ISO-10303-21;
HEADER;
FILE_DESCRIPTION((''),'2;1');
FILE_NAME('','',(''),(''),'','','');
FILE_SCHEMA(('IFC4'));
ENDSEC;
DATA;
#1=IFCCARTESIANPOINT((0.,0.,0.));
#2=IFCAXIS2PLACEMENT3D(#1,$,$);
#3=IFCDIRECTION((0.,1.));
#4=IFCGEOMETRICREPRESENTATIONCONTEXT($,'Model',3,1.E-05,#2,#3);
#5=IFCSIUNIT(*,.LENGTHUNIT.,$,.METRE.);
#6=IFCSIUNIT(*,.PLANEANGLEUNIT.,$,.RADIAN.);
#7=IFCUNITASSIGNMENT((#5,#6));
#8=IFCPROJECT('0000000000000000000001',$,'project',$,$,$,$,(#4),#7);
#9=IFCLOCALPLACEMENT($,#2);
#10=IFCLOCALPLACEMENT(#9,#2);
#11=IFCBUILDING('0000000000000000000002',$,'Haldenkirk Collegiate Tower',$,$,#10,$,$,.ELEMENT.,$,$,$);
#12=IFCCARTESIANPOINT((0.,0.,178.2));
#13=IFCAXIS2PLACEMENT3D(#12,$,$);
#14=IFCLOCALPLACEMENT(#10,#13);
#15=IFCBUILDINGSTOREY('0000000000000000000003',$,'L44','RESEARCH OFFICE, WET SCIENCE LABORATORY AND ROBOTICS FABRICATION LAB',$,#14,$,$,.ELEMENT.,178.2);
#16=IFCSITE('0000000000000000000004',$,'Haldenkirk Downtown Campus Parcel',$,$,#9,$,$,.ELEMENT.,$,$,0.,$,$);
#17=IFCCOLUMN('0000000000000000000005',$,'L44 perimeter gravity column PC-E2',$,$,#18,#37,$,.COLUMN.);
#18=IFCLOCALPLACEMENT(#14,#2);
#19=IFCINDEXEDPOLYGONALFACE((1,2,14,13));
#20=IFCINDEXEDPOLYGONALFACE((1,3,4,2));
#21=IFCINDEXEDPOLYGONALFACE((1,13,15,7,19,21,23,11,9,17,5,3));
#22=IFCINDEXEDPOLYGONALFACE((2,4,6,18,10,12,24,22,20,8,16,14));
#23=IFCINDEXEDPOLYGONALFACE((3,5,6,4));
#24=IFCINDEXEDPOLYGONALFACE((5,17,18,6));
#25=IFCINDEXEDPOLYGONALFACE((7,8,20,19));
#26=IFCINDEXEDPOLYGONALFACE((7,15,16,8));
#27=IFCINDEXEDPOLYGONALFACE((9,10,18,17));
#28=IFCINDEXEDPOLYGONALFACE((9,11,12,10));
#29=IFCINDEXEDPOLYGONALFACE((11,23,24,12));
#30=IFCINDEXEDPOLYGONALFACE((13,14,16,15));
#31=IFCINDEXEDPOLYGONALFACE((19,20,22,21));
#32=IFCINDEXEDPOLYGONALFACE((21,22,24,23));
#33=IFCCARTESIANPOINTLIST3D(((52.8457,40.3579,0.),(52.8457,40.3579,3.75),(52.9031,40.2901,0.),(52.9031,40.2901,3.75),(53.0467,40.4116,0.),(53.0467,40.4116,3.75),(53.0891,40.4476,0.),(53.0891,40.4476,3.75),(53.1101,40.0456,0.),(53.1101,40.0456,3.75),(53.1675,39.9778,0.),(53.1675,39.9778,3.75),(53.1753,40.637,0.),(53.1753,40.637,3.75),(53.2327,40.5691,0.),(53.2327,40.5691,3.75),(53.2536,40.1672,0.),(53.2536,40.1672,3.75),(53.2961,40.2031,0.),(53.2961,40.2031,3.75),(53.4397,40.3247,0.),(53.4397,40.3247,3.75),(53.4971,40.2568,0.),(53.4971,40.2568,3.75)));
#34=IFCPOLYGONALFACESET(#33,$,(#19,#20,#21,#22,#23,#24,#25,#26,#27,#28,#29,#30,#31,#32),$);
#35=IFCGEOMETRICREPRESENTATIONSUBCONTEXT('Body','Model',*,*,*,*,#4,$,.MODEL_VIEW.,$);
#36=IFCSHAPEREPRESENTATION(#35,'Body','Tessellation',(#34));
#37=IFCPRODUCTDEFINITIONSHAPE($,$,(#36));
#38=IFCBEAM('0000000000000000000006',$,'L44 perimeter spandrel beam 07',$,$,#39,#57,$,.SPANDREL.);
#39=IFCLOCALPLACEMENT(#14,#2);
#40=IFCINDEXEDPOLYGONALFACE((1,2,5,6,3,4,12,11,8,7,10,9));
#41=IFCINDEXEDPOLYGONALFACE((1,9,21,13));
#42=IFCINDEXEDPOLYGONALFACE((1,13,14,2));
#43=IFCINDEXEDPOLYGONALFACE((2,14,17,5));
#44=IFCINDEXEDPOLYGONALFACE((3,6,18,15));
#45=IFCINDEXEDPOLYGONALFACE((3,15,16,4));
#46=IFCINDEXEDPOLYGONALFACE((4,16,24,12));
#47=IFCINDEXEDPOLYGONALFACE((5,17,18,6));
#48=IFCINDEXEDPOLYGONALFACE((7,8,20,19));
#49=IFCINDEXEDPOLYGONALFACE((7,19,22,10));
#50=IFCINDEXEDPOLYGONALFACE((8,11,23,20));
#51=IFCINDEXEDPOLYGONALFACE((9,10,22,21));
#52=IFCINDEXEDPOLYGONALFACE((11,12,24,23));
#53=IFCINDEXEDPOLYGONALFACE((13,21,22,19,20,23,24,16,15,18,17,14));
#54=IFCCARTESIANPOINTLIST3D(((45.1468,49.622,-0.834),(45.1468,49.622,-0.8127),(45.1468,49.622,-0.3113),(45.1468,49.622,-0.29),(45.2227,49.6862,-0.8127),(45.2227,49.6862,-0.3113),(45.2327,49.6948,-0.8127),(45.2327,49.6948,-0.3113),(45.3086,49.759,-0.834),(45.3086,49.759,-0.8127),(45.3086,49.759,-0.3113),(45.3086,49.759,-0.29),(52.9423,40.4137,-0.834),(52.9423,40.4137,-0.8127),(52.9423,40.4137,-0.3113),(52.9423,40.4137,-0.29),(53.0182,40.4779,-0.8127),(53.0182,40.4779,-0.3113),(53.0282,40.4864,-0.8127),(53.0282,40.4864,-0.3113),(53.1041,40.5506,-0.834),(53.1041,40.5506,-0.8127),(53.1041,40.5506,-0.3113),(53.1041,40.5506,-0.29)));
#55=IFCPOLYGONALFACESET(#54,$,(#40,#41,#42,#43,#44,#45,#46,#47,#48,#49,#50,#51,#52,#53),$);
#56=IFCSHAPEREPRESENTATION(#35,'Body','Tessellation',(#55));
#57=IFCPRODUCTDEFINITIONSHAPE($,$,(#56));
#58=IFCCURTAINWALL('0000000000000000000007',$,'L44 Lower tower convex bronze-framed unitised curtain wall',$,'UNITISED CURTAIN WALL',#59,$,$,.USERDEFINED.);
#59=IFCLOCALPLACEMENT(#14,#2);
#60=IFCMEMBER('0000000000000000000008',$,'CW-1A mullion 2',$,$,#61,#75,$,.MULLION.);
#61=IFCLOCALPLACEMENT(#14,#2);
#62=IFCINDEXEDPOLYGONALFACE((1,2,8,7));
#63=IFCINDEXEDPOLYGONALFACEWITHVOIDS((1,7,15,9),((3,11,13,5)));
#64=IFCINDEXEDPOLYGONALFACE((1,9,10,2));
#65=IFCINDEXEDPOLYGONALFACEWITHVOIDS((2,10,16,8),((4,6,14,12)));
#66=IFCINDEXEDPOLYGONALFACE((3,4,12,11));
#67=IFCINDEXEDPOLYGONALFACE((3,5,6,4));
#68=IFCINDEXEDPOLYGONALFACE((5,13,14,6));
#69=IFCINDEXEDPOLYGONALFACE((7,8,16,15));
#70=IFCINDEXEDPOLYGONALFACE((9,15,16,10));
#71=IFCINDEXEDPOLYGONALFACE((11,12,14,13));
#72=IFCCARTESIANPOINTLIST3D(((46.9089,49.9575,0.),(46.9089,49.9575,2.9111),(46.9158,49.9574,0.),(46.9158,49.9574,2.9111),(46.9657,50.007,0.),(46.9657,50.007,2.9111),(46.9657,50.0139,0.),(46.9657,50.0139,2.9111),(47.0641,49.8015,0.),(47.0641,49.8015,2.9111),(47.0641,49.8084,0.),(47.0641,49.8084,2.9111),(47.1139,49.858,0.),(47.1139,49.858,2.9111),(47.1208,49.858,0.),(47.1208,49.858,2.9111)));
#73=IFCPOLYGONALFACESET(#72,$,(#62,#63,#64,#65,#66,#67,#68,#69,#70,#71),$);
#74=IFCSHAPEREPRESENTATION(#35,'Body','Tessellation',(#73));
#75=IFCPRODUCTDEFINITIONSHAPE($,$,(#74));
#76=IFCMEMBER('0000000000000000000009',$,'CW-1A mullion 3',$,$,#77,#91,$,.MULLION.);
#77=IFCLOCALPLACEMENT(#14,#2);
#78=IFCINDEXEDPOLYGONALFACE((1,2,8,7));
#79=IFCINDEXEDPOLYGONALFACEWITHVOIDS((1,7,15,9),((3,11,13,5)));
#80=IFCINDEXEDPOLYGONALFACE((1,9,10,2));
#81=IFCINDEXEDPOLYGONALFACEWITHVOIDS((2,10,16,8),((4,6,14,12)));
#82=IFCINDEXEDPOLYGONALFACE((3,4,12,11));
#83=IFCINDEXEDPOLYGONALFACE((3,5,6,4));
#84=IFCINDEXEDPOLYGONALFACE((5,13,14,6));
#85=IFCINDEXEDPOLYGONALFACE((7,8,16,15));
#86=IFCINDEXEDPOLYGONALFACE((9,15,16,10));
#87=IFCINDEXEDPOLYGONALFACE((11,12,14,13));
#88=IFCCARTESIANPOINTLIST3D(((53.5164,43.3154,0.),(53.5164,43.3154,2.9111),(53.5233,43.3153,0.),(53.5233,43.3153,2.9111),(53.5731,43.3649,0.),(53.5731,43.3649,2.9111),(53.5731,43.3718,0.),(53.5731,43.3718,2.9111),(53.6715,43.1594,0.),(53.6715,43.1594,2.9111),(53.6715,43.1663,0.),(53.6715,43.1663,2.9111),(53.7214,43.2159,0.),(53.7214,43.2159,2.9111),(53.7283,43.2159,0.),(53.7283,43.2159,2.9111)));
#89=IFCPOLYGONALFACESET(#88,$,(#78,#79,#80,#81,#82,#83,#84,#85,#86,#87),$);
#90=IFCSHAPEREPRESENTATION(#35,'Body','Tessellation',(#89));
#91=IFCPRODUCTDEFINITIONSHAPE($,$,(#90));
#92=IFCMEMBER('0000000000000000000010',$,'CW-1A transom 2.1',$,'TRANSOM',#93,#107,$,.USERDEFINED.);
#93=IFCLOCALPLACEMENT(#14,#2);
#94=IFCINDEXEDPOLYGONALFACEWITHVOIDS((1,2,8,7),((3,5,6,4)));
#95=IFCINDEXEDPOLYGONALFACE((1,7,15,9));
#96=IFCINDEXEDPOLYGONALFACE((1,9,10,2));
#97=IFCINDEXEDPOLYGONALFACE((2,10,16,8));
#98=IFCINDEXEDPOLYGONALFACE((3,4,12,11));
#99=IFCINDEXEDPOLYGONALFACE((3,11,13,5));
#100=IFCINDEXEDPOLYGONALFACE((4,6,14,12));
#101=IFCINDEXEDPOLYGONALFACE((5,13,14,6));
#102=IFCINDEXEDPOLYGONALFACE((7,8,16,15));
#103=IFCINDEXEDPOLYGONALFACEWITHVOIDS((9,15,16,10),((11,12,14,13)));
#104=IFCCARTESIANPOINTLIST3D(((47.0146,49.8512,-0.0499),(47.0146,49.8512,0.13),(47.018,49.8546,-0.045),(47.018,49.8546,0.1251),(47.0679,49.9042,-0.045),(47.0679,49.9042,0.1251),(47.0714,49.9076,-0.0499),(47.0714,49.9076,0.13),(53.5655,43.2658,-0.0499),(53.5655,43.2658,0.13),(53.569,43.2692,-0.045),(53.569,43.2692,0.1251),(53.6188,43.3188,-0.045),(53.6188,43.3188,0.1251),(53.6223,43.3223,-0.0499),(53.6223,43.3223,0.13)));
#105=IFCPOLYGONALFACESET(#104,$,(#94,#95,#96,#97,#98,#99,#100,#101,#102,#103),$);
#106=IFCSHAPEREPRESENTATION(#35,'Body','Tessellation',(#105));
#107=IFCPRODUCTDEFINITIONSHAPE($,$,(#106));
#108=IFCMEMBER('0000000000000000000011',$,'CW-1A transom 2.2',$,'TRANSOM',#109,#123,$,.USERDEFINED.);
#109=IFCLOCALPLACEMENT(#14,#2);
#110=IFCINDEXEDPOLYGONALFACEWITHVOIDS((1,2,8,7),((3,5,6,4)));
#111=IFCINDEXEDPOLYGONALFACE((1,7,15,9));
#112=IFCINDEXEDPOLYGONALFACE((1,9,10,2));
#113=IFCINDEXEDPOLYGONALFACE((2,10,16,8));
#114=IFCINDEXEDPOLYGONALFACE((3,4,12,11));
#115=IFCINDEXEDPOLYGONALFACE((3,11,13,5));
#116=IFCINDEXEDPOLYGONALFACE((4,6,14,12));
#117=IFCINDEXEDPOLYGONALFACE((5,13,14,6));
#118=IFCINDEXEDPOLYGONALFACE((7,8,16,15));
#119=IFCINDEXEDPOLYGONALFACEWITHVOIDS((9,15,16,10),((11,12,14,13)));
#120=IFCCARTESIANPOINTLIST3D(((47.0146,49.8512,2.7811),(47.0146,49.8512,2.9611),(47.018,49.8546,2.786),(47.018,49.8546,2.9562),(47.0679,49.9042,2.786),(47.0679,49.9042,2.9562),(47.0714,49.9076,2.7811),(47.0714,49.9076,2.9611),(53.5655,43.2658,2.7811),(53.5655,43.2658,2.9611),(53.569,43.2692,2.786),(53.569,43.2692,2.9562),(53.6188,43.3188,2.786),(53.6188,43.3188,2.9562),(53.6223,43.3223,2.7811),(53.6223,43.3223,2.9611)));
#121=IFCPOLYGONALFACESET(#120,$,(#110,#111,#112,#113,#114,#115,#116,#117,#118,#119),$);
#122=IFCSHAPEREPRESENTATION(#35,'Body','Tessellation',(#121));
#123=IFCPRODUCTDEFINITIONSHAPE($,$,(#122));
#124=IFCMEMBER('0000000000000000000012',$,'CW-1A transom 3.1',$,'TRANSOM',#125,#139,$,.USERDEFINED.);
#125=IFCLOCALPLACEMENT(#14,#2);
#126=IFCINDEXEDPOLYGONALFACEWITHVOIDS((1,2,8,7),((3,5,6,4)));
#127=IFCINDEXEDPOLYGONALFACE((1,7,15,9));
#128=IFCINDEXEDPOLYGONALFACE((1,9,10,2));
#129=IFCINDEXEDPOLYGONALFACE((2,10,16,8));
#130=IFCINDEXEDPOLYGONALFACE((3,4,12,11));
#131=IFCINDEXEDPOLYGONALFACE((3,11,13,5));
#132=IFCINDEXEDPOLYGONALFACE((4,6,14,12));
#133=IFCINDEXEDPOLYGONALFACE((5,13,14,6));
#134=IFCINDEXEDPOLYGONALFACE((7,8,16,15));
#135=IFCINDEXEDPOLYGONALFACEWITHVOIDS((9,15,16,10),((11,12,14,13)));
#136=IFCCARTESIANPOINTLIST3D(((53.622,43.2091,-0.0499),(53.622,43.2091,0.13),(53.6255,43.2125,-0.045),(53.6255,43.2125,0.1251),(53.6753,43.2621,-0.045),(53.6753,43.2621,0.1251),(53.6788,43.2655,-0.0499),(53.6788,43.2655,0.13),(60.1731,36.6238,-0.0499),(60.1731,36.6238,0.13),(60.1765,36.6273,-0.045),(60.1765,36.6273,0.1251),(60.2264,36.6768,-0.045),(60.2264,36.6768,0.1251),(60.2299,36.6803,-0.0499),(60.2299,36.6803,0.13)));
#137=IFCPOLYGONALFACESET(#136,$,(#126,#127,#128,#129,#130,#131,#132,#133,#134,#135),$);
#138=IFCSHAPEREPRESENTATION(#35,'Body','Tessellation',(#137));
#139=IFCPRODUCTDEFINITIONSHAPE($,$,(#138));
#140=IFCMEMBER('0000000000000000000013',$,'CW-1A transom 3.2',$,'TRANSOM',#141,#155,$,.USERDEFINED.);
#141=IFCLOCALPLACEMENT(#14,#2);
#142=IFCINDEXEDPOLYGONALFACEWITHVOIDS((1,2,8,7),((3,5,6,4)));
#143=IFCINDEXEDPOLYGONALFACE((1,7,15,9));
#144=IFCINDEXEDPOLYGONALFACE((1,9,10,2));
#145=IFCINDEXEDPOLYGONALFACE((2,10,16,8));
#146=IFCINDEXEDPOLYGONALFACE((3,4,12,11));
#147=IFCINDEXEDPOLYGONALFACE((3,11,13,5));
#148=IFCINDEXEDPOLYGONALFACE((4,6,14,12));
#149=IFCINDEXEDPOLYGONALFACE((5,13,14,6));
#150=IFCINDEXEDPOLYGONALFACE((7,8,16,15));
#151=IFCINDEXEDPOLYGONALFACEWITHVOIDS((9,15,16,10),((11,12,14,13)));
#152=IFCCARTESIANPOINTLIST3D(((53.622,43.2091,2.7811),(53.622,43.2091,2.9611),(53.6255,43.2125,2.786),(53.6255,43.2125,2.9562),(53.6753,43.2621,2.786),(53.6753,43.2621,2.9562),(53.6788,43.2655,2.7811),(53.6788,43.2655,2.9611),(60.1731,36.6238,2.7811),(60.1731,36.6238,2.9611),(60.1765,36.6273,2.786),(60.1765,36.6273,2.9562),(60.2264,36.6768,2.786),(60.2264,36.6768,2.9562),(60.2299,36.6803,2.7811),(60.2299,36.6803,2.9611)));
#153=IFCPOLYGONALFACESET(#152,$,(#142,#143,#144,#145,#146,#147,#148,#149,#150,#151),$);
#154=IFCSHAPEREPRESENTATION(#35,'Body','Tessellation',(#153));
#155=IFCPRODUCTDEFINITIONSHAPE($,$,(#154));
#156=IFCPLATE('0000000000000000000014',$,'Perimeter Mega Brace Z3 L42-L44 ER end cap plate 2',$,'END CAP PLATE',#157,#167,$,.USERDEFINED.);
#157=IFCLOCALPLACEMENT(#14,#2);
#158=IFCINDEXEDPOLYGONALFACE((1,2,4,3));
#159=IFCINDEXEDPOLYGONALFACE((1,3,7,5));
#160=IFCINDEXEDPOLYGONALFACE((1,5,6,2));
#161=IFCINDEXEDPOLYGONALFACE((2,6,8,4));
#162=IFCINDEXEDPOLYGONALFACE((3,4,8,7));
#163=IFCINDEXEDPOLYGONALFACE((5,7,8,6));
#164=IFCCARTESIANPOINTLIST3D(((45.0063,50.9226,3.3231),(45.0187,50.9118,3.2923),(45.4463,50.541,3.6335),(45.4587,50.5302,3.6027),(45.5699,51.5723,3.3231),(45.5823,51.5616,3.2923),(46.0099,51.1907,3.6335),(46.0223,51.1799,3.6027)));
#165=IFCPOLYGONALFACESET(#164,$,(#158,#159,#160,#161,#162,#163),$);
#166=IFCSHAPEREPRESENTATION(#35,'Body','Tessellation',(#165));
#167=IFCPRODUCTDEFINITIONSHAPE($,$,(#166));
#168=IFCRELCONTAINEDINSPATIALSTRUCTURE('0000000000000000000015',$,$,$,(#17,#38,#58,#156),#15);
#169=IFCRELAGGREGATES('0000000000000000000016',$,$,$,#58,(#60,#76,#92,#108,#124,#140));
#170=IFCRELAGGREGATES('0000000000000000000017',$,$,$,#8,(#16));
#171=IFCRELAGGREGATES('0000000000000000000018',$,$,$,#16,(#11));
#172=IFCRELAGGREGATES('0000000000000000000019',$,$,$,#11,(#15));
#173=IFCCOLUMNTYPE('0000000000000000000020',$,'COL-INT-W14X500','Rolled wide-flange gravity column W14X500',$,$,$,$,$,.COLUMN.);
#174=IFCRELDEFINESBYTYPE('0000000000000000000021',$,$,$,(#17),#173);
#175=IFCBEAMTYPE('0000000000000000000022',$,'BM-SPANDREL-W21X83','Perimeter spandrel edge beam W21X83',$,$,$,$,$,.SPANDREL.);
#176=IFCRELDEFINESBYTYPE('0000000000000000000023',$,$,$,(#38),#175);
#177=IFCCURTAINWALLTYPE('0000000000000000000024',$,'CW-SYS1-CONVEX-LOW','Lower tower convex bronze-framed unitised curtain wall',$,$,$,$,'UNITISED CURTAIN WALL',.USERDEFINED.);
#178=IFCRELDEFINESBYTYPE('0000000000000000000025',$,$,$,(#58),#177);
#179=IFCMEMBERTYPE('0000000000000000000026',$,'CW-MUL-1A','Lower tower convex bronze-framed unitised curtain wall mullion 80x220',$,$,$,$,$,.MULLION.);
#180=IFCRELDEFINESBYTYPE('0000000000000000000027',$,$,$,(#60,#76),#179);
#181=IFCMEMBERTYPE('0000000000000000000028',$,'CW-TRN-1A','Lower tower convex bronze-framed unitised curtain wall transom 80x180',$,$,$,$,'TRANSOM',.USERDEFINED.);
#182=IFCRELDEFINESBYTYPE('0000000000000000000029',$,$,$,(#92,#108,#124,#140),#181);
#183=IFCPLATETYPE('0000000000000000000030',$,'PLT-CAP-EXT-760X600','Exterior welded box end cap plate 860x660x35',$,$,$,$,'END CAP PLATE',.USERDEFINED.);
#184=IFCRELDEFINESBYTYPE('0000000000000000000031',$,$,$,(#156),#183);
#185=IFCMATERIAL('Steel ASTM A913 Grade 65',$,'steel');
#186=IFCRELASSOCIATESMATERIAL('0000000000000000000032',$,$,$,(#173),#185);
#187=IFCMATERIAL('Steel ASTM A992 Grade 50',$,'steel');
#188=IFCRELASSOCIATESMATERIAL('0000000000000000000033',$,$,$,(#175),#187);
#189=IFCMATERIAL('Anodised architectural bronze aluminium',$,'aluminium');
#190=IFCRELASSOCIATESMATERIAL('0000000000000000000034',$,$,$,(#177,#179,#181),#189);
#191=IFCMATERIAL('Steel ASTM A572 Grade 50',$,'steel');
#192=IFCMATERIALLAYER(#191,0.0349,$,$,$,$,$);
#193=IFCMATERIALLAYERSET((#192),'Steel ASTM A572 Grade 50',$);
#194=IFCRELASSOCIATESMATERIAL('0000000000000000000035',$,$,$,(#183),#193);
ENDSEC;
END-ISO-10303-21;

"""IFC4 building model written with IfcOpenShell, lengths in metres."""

from ifc_helpers import new_model, si_unit, direction, frame, origin, origin_2d, place, context, subcontext, project, spatial, rectangle, hollow_rectangle, i_section, extrude, source, transform, mapped, material, layer, layer_set, material_profile, profile_set, type_object, element, aggregate, save


model = new_model("IFC4")

# Units and contexts
model_context = context("Model", 3, precision=1e-05, world=origin(), true_north=direction((0.0, 1.0)))
body_context = subcontext(model_context, "Body", "Model", "MODEL_VIEW")
ifc_project = project(units=[si_unit("LENGTHUNIT", "METRE"), si_unit("PLANEANGLEUNIT", "RADIAN")], contexts=[model_context])

# Site, building, storey
site_placement = place(None, origin())
site = spatial("IfcSite", under=ifc_project, at=site_placement, Name="Haldenkirk Downtown Campus Parcel", CompositionType="ELEMENT", RefElevation=0.0)
building_placement = place(site_placement, origin())
building = spatial("IfcBuilding", under=site, at=building_placement, Name="Haldenkirk Collegiate Tower", CompositionType="ELEMENT")
storey_placement = place(building_placement, frame((0.0, 0.0, 178.2)))
storey = spatial("IfcBuildingStorey", under=building, at=storey_placement, Name="L44", Description="RESEARCH OFFICE, WET SCIENCE LABORATORY AND ROBOTICS FABRICATION LAB", CompositionType="ELEMENT", Elevation=178.2)

# Column
ifc_material_1 = material(Name="Steel ASTM A913 Grade 65", Category="steel")
ifc_material_profile_1 = material_profile(ifc_material_1, i_section(OverallWidth=0.4319, OverallDepth=0.498, WebThickness=0.0557, FlangeThickness=0.0889, at=origin_2d()), Name="W14X500")
ifc_profile_set_1 = profile_set([ifc_material_profile_1], Name="Steel ASTM A913 Grade 65")
column_type = type_object("IfcColumnType", Name="COL-INT-W14X500", Description="Rolled wide-flange gravity column W14X500", PredefinedType="COLUMN", material=ifc_profile_set_1)
column_placement = place(storey_placement, frame((53.1714, 40.3074, 0.0), z_axis=(0.0, 0.0, 1.0), x_axis=(0.763232, 0.646124, 0.0)))
element("IfcColumn", 1, at=column_placement, inside=storey, type_object=column_type, Name="L44 perimeter gravity column PC-E2", PredefinedType="COLUMN", context=body_context, shape_type="SweptSolid", body=[
    extrude(i_section(OverallWidth=0.4319, OverallDepth=0.498, WebThickness=0.0557, FlangeThickness=0.0889, at=origin_2d()), origin(), (0.0, 0.0, 1.0), 3.75),
])

# Beam
ifc_material_2 = material(Name="Steel ASTM A992 Grade 50", Category="steel")
ifc_material_profile_2 = material_profile(ifc_material_2, i_section(OverallWidth=0.2119, OverallDepth=0.5439, WebThickness=0.0132, FlangeThickness=0.0212, at=origin_2d()), Name="W21X83")
ifc_profile_set_2 = profile_set([ifc_material_profile_2], Name="Steel ASTM A992 Grade 50")
beam_type = type_object("IfcBeamType", Name="BM-SPANDREL-W21X83", Description="Perimeter spandrel edge beam W21X83", PredefinedType="SPANDREL", material=ifc_profile_set_2)
beam_placement = place(storey_placement, frame((53.0232, 40.4822, -0.562), z_axis=(-0.646126, 0.76323, 0.0), x_axis=(-0.76323, -0.646126, 0.0)))
element("IfcBeam", 2, at=beam_placement, inside=storey, type_object=beam_type, Name="L44 perimeter spandrel beam 07", PredefinedType="SPANDREL", context=body_context, shape_type="SweptSolid", body=[
    extrude(i_section(OverallWidth=0.2119, OverallDepth=0.5439, WebThickness=0.0132, FlangeThickness=0.0212, at=origin_2d()), origin(), (0.0, 0.0, 1.0), 12.0649),
])

# Curtain wall, members
ifc_material_3 = material(Name="Anodised architectural bronze aluminium", Category="aluminium")
curtain_wall_type = type_object("IfcCurtainWallType", Name="CW-SYS1-CONVEX-LOW", Description="Lower tower convex bronze-framed unitised curtain wall", ElementType="UNITISED CURTAIN WALL", PredefinedType="USERDEFINED", material=ifc_material_3)
curtain_wall_placement = place(storey_placement, origin())
curtain_wall = element("IfcCurtainWall", 3, at=curtain_wall_placement, inside=storey, type_object=curtain_wall_type, Name="L44 Lower tower convex bronze-framed unitised curtain wall", ObjectType="UNITISED CURTAIN WALL", PredefinedType="USERDEFINED")
ifc_material_profile_3 = material_profile(ifc_material_3, hollow_rectangle(XDim=0.0801, YDim=0.22, WallThickness=0.0049, at=origin_2d()), Name="CW-MUL-1A")
ifc_profile_set_3 = profile_set([ifc_material_profile_3], Name="Anodised architectural bronze aluminium")
member_type_1 = type_object("IfcMemberType", Name="CW-MUL-1A", Description="Lower tower convex bronze-framed unitised curtain wall mullion 80x220", PredefinedType="MULLION", material=ifc_profile_set_3)
member_1_placement = place(storey_placement, frame((47.0149, 49.9077, 0.0), z_axis=(0.0, 0.0, 1.0), x_axis=(0.708954, 0.705255, 0.0)))
member_1 = element("IfcMember", 4, at=member_1_placement, type_object=member_type_1, Name="CW-1A mullion 2", PredefinedType="MULLION", context=body_context, shape_type="SweptSolid", body=[
    extrude(hollow_rectangle(XDim=0.0801, YDim=0.22, WallThickness=0.0049, at=origin_2d()), origin(), (0.0, 0.0, 1.0), 2.9111),
])
member_2_placement = place(storey_placement, frame((53.6223, 43.2656, 0.0), z_axis=(0.0, 0.0, 1.0), x_axis=(0.708954, 0.705255, 0.0)))
member_2 = element("IfcMember", 5, at=member_2_placement, type_object=member_type_1, Name="CW-1A mullion 3", PredefinedType="MULLION", context=body_context, shape_type="SweptSolid", body=[
    extrude(hollow_rectangle(XDim=0.0801, YDim=0.22, WallThickness=0.0049, at=origin_2d()), origin(), (0.0, 0.0, 1.0), 2.9111),
])
ifc_material_profile_4 = material_profile(ifc_material_3, hollow_rectangle(XDim=0.0801, YDim=0.1799, WallThickness=0.0049, at=origin_2d()), Name="CW-TRN-1A")
ifc_profile_set_4 = profile_set([ifc_material_profile_4], Name="Anodised architectural bronze aluminium")
member_type_2 = type_object("IfcMemberType", Name="CW-TRN-1A", Description="Lower tower convex bronze-framed unitised curtain wall transom 80x180", ElementType="TRANSOM", PredefinedType="USERDEFINED", material=ifc_profile_set_4)
member_3_placement = place(storey_placement, frame((47.043, 49.8794, 0.04), z_axis=(0.705251, -0.708957, 0.0), x_axis=(0.708957, 0.705251, 0.0)))
member_3 = element("IfcMember", 6, at=member_3_placement, type_object=member_type_2, Name="CW-1A transom 2.1", ObjectType="TRANSOM", PredefinedType="USERDEFINED", context=body_context, shape_type="SweptSolid", body=[
    extrude(hollow_rectangle(XDim=0.0801, YDim=0.1799, WallThickness=0.0049, at=origin_2d()), origin(), (0.0, 0.0, 1.0), 9.2888),
])
member_4_placement = place(storey_placement, frame((47.043, 49.8794, 2.8711), z_axis=(0.705251, -0.708957, 0.0), x_axis=(0.708957, 0.705251, 0.0)))
member_4 = element("IfcMember", 7, at=member_4_placement, type_object=member_type_2, Name="CW-1A transom 2.2", ObjectType="TRANSOM", PredefinedType="USERDEFINED", context=body_context, shape_type="SweptSolid", body=[
    extrude(hollow_rectangle(XDim=0.0801, YDim=0.1799, WallThickness=0.0049, at=origin_2d()), origin(), (0.0, 0.0, 1.0), 9.2888),
])
member_5_placement = place(storey_placement, frame((53.6504, 43.2373, 0.04), z_axis=(0.705265, -0.708944, 0.0), x_axis=(0.708944, 0.705265, 0.0)))
member_5 = element("IfcMember", 8, at=member_5_placement, type_object=member_type_2, Name="CW-1A transom 3.1", ObjectType="TRANSOM", PredefinedType="USERDEFINED", context=body_context, shape_type="SweptSolid", body=[
    extrude(hollow_rectangle(XDim=0.0801, YDim=0.1799, WallThickness=0.0049, at=origin_2d()), origin(), (0.0, 0.0, 1.0), 9.2888),
])
member_6_placement = place(storey_placement, frame((53.6504, 43.2373, 2.8711), z_axis=(0.705265, -0.708944, 0.0), x_axis=(0.708944, 0.705265, 0.0)))
member_6 = element("IfcMember", 9, at=member_6_placement, type_object=member_type_2, Name="CW-1A transom 3.2", ObjectType="TRANSOM", PredefinedType="USERDEFINED", context=body_context, shape_type="SweptSolid", body=[
    extrude(hollow_rectangle(XDim=0.0801, YDim=0.1799, WallThickness=0.0049, at=origin_2d()), origin(), (0.0, 0.0, 1.0), 9.2888),
])

# Plate
ifc_material_4 = material(Name="Steel ASTM A572 Grade 50", Category="steel")
ifc_layer_1 = layer(ifc_material_4, 0.0349)
ifc_layer_set_1 = layer_set([ifc_layer_1], Name="Steel ASTM A572 Grade 50")
plate_type_1 = type_object("IfcPlateType", Name="PLT-CAP-EXT-760X600", Description="Exterior welded box end cap plate 860x660x35", ElementType="END CAP PLATE", PredefinedType="USERDEFINED", material=ifc_layer_set_1)
shared_shape_1 = source(origin(), body_context, "Body", "SweptSolid", [
    extrude(rectangle(XDim=0.8601, YDim=0.6599, at=origin_2d()), origin(), (0.0, 0.0, 1.0), 0.0349),
])
plate_1_placement = place(storey_placement, frame((45.5205, 51.0459, 3.4475), z_axis=(-0.355243, 0.30816, 0.882519), x_axis=(-0.655273, -0.755392, 0.0)))
element("IfcPlate", 10, at=plate_1_placement, inside=storey, type_object=plate_type_1, Name="Perimeter Mega Brace Z3 L42-L44 ER end cap plate 2", ObjectType="END CAP PLATE", PredefinedType="USERDEFINED", context=body_context, shape_type="MappedRepresentation", body=[
    mapped(shared_shape_1, transform((0.0, 0.0, 0.0), x_axis=(1.0, 0.0, 0.0), y_axis=(0.0, 1.0, 0.0), z_axis=(0.0, 0.0, 1.0), scale=1.0)),
])
aggregate(curtain_wall, [member_1, member_2, member_3, member_4, member_5, member_6])

save(model, "model.ifc")
